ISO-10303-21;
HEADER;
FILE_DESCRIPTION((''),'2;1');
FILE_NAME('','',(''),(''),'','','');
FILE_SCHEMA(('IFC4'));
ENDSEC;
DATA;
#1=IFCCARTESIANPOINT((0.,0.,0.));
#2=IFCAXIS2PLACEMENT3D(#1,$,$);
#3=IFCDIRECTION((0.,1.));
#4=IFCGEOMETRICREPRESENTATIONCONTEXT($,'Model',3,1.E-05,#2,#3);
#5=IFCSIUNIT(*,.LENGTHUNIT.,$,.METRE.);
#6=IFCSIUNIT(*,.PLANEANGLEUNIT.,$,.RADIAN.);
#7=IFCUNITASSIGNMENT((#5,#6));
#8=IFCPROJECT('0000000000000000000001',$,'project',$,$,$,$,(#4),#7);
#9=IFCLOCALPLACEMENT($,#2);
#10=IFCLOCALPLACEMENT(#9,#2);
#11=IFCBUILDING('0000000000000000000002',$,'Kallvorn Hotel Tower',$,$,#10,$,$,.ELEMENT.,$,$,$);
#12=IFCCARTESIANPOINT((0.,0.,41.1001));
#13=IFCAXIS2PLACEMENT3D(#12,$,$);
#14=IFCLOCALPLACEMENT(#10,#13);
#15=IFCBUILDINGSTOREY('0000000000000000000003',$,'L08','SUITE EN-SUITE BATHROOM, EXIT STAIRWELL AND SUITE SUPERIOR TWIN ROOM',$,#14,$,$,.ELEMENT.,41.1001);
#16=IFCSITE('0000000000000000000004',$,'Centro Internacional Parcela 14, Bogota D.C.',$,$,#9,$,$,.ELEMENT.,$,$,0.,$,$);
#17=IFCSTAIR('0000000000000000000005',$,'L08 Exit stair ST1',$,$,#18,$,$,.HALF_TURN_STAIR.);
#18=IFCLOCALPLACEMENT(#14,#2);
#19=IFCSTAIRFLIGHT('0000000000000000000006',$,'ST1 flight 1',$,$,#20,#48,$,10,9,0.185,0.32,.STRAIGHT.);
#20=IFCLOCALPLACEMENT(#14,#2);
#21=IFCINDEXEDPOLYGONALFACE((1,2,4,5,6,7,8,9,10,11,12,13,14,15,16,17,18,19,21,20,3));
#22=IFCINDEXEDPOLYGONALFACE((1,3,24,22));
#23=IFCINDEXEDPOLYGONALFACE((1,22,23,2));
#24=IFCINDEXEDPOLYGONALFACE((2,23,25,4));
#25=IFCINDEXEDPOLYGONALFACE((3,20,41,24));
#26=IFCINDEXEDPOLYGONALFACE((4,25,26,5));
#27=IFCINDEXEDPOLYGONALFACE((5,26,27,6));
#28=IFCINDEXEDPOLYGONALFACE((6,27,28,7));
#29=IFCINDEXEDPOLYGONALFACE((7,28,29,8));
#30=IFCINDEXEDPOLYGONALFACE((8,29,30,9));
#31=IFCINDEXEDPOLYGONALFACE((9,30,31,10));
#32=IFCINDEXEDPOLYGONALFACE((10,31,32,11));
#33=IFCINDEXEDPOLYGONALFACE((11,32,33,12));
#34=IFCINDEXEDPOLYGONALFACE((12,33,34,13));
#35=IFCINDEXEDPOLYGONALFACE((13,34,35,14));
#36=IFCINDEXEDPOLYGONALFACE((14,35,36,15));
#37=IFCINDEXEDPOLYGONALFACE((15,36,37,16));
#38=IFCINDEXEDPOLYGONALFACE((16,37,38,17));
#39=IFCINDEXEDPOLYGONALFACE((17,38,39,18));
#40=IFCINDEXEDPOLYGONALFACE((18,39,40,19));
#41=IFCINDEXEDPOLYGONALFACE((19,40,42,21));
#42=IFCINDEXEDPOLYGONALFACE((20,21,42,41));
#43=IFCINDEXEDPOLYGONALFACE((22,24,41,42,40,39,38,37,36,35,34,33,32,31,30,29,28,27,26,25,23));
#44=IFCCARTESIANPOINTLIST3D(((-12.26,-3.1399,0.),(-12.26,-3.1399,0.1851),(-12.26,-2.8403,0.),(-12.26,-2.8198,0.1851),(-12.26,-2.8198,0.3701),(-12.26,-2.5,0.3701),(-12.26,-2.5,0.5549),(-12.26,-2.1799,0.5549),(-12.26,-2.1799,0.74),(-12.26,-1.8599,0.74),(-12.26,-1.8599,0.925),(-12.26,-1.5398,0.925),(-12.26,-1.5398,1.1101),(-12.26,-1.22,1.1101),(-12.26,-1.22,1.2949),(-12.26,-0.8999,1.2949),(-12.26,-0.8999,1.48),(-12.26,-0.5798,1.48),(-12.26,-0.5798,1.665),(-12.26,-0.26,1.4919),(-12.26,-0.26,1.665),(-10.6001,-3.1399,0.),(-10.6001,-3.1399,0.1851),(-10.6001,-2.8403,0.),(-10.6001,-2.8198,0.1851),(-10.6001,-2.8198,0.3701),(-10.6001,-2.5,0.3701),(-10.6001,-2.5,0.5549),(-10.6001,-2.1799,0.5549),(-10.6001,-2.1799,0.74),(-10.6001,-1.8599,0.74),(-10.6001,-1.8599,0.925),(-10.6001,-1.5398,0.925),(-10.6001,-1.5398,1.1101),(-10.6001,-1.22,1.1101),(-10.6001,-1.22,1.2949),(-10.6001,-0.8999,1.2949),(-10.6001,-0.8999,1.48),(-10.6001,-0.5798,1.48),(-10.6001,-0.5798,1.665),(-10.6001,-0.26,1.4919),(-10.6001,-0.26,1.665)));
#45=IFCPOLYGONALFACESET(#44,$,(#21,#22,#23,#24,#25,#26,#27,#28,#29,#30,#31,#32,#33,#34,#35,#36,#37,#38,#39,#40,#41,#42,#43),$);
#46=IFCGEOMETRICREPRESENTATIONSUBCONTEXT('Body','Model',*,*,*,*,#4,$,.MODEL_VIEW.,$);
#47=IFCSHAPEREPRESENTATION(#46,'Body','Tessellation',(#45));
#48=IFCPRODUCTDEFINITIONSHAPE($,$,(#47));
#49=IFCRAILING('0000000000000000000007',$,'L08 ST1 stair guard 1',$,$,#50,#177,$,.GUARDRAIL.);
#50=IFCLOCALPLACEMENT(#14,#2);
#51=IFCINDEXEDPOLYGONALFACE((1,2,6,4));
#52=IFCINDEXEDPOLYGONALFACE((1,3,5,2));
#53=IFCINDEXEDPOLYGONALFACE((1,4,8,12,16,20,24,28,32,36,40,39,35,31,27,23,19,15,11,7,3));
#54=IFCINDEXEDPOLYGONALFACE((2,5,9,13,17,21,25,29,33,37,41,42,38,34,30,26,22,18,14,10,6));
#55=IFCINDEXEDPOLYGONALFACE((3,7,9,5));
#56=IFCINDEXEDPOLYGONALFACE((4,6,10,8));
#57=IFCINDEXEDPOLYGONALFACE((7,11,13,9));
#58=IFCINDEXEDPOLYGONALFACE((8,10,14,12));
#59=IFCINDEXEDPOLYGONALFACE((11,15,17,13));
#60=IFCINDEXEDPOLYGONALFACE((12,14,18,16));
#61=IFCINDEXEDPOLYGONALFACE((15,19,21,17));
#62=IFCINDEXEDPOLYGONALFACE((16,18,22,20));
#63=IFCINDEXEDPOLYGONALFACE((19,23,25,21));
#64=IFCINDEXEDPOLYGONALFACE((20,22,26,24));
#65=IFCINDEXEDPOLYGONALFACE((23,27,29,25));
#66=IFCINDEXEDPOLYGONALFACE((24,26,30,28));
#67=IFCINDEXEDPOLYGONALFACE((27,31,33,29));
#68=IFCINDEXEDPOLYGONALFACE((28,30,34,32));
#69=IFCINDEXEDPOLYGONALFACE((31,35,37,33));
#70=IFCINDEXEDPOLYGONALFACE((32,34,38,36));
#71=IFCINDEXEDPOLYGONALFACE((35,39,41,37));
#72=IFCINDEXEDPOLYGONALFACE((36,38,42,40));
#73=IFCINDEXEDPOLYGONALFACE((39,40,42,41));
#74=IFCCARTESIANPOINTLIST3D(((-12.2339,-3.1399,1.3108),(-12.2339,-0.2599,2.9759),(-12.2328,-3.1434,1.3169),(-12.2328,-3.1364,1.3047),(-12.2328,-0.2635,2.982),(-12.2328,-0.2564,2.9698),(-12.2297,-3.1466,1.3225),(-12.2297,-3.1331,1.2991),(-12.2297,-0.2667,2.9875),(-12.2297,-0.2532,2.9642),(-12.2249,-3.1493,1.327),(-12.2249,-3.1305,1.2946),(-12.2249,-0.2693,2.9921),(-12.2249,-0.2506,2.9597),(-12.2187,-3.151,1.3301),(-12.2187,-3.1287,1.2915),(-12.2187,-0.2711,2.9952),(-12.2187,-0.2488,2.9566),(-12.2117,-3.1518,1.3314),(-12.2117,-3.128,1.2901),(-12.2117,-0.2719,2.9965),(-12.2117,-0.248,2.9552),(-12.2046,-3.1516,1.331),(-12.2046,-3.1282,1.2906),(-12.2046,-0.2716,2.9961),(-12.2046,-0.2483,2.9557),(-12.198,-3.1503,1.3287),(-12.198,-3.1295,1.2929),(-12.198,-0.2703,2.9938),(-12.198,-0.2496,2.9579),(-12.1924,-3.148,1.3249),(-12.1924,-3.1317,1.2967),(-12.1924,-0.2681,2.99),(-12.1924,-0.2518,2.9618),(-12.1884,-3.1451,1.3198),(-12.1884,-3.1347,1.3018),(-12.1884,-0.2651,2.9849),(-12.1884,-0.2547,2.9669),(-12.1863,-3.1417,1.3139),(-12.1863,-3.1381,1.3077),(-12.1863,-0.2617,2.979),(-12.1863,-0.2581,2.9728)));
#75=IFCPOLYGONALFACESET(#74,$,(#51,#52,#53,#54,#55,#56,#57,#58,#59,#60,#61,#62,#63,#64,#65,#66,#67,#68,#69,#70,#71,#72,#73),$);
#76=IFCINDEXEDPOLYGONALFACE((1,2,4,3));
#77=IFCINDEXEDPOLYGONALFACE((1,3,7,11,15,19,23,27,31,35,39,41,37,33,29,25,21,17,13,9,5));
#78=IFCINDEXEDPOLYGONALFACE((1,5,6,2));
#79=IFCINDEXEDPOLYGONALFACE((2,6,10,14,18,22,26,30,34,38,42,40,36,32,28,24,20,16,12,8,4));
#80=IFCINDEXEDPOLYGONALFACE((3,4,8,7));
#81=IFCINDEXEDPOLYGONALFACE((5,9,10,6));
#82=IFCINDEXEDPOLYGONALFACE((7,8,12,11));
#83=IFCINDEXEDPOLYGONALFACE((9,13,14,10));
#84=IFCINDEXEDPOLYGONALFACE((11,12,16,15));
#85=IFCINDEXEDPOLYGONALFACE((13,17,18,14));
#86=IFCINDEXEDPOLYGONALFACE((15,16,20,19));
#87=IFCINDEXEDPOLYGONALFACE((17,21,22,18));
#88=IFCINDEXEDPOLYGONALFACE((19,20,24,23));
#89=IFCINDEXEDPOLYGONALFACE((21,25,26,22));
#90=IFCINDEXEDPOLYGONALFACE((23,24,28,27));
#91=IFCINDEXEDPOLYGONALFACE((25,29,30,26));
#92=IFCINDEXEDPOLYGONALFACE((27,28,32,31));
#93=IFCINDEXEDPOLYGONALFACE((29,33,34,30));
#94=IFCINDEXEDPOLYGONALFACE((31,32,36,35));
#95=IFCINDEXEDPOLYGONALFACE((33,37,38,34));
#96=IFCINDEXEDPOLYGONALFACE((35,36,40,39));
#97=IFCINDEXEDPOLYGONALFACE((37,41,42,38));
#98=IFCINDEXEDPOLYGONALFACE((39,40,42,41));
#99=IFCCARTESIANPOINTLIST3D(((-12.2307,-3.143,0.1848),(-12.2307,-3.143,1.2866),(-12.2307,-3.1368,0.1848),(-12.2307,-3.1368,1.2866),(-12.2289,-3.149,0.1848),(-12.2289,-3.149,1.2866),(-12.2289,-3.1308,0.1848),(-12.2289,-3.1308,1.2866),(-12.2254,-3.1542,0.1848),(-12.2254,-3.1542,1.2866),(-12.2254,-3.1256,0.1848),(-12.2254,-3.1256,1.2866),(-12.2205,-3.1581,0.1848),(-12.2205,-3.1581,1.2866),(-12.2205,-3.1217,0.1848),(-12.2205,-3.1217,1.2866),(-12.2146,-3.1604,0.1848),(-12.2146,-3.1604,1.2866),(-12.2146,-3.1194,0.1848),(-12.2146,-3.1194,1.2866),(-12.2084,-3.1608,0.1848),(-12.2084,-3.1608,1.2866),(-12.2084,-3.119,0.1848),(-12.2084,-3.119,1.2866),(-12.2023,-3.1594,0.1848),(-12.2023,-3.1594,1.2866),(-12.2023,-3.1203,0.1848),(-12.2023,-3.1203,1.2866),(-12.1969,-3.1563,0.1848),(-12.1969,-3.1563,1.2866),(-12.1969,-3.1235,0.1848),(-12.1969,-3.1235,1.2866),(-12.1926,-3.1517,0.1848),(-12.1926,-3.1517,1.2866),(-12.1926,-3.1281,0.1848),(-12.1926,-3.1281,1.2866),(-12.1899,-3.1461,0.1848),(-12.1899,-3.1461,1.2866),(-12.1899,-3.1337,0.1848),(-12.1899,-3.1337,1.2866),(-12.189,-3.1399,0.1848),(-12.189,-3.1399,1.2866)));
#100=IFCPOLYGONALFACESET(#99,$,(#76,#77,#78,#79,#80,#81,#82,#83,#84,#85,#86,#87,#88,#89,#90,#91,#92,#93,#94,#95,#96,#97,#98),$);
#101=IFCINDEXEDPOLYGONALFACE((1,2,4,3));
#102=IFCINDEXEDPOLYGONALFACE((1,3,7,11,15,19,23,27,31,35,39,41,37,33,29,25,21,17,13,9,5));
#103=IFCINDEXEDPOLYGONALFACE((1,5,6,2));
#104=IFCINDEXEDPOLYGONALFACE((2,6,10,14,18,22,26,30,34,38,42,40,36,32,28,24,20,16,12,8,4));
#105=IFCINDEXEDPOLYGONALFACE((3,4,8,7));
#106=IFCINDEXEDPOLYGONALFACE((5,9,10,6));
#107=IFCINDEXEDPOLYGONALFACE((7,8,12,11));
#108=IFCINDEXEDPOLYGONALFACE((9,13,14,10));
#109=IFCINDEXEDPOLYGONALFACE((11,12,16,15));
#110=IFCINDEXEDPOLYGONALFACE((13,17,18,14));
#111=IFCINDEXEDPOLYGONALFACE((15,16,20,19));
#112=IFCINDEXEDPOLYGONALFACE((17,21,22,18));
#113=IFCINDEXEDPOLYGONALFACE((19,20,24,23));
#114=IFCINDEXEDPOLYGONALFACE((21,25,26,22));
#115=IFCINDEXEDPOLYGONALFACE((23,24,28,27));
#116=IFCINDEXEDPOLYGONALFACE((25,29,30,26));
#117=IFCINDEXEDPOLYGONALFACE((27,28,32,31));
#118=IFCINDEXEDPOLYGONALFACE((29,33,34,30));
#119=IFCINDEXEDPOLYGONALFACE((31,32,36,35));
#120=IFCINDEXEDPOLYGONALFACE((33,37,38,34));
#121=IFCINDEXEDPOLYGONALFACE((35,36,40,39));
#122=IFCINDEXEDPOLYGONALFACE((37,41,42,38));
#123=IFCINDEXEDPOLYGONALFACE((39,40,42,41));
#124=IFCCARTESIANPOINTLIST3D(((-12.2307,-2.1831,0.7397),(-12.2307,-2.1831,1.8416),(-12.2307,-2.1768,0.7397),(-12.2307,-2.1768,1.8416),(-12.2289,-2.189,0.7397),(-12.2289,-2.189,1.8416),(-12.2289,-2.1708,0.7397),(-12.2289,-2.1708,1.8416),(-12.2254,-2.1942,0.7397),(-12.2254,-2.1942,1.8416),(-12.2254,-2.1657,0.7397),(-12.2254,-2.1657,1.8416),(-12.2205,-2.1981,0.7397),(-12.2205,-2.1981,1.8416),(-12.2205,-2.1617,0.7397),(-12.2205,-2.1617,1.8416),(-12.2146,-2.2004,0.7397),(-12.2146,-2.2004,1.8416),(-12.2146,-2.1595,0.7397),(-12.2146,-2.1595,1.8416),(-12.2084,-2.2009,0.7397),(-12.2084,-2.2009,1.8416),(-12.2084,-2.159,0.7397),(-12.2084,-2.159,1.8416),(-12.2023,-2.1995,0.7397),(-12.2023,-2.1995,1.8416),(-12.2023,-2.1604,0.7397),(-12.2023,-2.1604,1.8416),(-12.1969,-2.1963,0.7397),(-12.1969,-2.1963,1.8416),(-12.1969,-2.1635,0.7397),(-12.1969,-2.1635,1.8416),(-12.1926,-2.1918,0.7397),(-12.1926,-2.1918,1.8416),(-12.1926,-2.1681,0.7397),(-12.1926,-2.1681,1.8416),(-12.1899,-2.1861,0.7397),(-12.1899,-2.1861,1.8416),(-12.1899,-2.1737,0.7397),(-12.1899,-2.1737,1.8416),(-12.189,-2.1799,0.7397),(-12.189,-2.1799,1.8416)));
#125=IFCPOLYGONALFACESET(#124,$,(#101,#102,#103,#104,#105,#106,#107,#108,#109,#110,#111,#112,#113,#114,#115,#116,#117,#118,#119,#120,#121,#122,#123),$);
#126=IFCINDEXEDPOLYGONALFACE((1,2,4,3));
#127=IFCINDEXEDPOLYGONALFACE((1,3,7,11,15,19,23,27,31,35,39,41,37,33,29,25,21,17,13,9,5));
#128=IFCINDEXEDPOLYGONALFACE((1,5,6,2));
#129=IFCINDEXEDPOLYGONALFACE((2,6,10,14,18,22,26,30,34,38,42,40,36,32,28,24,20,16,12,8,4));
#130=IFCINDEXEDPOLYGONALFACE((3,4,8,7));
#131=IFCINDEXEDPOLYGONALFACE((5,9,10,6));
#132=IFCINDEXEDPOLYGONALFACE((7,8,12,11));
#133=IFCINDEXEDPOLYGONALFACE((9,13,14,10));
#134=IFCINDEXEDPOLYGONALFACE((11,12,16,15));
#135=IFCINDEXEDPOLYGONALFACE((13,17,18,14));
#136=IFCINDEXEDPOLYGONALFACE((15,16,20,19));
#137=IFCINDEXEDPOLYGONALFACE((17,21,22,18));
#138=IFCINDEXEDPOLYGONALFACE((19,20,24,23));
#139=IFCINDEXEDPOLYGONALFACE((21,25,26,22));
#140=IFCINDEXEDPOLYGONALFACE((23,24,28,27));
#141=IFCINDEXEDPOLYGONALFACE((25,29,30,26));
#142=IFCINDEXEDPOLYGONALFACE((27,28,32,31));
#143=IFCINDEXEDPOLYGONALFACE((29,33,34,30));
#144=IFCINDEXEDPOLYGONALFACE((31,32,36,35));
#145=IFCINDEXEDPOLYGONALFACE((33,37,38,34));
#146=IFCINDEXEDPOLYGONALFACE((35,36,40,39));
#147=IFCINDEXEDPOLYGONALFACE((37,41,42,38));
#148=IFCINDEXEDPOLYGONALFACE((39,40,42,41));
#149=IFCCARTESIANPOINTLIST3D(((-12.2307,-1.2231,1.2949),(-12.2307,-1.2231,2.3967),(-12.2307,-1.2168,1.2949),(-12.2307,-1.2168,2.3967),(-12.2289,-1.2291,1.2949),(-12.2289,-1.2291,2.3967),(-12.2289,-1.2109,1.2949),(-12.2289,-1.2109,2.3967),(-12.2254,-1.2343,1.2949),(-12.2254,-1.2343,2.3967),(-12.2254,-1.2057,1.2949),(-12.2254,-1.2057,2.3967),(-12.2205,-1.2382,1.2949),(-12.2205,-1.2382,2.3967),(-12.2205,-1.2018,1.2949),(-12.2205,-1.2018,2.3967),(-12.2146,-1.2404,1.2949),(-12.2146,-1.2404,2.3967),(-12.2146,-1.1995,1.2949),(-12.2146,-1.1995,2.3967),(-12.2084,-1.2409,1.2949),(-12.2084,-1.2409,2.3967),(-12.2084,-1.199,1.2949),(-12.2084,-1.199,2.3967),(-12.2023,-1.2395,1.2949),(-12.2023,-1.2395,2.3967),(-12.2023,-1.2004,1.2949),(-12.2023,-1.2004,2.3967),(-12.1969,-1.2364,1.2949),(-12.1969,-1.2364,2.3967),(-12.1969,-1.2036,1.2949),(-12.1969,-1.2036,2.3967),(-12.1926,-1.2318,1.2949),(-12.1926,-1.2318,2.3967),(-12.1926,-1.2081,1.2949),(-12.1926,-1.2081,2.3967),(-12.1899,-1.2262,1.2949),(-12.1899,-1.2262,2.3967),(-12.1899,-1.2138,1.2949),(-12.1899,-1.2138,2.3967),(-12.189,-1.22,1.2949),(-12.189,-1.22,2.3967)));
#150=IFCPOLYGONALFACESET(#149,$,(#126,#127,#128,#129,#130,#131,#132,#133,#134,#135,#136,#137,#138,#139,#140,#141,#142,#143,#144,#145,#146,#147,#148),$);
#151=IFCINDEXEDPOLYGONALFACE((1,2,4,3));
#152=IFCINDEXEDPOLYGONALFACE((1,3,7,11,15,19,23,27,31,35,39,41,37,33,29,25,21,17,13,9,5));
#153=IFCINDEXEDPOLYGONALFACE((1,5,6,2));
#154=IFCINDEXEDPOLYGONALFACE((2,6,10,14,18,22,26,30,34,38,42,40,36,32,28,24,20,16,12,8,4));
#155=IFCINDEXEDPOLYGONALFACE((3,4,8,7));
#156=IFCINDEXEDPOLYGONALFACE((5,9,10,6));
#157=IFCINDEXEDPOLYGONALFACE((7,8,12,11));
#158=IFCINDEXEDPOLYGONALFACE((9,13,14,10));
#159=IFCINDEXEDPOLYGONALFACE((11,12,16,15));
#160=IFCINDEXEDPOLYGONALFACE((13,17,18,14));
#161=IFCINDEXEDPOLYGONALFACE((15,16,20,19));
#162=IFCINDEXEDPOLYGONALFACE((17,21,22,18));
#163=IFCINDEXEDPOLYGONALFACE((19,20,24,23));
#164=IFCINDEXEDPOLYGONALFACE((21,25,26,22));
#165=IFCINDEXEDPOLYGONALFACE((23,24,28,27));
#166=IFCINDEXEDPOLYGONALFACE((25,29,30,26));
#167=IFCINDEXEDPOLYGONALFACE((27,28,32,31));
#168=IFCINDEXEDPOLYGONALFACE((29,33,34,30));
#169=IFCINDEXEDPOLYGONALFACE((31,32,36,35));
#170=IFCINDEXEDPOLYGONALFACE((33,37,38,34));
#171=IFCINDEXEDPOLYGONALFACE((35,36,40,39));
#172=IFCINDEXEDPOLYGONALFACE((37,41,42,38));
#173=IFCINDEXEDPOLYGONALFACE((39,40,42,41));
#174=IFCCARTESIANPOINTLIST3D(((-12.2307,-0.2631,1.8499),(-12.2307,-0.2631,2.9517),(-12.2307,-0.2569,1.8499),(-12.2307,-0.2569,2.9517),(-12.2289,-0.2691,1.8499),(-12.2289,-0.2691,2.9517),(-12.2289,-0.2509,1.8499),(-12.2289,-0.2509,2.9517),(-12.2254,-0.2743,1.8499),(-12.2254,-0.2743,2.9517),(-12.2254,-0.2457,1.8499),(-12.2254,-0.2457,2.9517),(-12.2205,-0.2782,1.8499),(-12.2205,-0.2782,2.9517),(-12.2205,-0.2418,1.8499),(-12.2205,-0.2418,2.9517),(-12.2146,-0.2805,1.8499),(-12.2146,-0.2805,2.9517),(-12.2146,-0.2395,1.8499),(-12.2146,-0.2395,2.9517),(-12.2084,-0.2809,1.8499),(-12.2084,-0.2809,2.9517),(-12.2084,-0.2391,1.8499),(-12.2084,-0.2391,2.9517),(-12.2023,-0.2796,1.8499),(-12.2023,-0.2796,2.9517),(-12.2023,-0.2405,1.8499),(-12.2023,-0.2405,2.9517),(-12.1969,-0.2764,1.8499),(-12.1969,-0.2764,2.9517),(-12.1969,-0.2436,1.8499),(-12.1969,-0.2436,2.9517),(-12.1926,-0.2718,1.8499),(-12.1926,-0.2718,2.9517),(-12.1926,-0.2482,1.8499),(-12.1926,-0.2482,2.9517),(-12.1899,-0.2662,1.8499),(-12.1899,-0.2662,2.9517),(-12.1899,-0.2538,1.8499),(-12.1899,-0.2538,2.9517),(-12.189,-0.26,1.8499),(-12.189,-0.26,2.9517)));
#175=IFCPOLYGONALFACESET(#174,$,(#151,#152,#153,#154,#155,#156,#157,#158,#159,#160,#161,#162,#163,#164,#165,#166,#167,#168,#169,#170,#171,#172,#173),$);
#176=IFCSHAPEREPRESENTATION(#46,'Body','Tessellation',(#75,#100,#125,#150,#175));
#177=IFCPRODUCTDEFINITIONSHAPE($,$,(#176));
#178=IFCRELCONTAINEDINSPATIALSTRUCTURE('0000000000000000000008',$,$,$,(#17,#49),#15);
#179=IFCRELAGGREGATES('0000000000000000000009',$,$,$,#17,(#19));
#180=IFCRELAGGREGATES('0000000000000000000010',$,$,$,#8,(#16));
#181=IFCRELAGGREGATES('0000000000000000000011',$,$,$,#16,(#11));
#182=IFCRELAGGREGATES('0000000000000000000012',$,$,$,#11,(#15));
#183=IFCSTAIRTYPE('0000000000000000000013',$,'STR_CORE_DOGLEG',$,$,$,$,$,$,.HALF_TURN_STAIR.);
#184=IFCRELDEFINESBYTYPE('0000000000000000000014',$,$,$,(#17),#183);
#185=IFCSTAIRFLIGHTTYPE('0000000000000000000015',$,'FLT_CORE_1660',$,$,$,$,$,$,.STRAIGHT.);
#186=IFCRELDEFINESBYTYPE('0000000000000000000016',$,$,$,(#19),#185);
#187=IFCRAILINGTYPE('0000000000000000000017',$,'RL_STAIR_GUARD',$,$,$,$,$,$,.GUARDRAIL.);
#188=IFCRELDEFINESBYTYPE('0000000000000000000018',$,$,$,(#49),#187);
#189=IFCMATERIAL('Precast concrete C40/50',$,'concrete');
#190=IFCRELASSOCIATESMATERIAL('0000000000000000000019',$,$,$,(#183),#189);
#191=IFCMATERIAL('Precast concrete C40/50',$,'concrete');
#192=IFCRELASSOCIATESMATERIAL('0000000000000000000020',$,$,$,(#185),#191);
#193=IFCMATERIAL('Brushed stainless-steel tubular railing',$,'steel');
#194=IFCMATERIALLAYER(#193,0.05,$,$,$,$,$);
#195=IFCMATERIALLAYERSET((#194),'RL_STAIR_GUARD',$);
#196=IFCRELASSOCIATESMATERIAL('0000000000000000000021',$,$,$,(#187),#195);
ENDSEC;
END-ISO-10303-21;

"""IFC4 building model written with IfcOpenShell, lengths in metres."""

from ifc_helpers import new_model, si_unit, direction, frame, origin, origin_2d, place, context, subcontext, project, spatial, polyline, circle, outline, extrude, material, layer, layer_set, type_object, element, aggregate, save


model = new_model("IFC4")

# Units and contexts
model_context = context("Model", 3, precision=1e-05, world=origin(), true_north=direction((0.0, 1.0)))
body_context = subcontext(model_context, "Body", "Model", "MODEL_VIEW")
ifc_project = project(units=[si_unit("LENGTHUNIT", "METRE"), si_unit("PLANEANGLEUNIT", "RADIAN")], contexts=[model_context])

# Site, building, storey
site_placement = place(None, origin())
site = spatial("IfcSite", under=ifc_project, at=site_placement, Name="Centro Internacional Parcela 14, Bogota D.C.", CompositionType="ELEMENT", RefElevation=0.0)
building_placement = place(site_placement, origin())
building = spatial("IfcBuilding", under=site, at=building_placement, Name="Kallvorn Hotel Tower", CompositionType="ELEMENT")
storey_placement = place(building_placement, frame((0.0, 0.0, 41.1001)))
storey = spatial("IfcBuildingStorey", under=building, at=storey_placement, Name="L08", Description="SUITE EN-SUITE BATHROOM, EXIT STAIRWELL AND SUITE SUPERIOR TWIN ROOM", CompositionType="ELEMENT", Elevation=41.1001)

# Stair, stair flight
ifc_material_1 = material(Name="Precast concrete C40/50", Category="concrete")
stair_type = type_object("IfcStairType", Name="STR_CORE_DOGLEG", PredefinedType="HALF_TURN_STAIR", material=ifc_material_1)
stair_placement = place(storey_placement, origin())
stair = element("IfcStair", 1, at=stair_placement, inside=storey, type_object=stair_type, Name="L08 Exit stair ST1", PredefinedType="HALF_TURN_STAIR")
ifc_material_2 = material(Name="Precast concrete C40/50", Category="concrete")
stair_flight_type = type_object("IfcStairFlightType", Name="FLT_CORE_1660", PredefinedType="STRAIGHT", material=ifc_material_2)
stair_flight_placement = place(storey_placement, frame((-11.4299, -3.1399, 0.0), z_axis=(0.0, 0.0, 1.0), x_axis=(0.0, 1.0, 0.0)))
stair_flight = element("IfcStairFlight", 2, at=stair_flight_placement, type_object=stair_flight_type, Name="ST1 flight 1", NumberOfRisers=10, NumberOfTreads=9, PredefinedType="STRAIGHT", RiserHeight=0.185, TreadLength=0.32, context=body_context, shape_type="SweptSolid", body=[
    extrude(outline(polyline([(0.0, 0.0), (0.0, 0.1851), (0.3201, 0.1851), (0.3201, 0.3701), (0.6399, 0.3701), (0.6399, 0.5549), (0.96, 0.5549), (0.96, 0.74), (1.28, 0.74), (1.28, 0.925), (1.6001, 0.925), (1.6001, 1.1101), (1.9199, 1.1101), (1.9199, 1.2949), (2.24, 1.2949), (2.24, 1.48), (2.5601, 1.48), (2.5601, 1.665), (2.8799, 1.665), (2.8799, 1.8501), (2.8799, 1.4919), (0.2996, 0.0), (0.0, 0.0)])), frame((0.0, 0.8301, 0.0), z_axis=(0.0, -1.0, 0.0), x_axis=(1.0, 0.0, 0.0)), (0.0, 0.0, 1.0), 1.6599),
])
aggregate(stair, [stair_flight])

# Railing
ifc_material_3 = material(Name="Brushed stainless-steel tubular railing", Category="steel")
ifc_layer_1 = layer(ifc_material_3, 0.05)
ifc_layer_set_1 = layer_set([ifc_layer_1], Name="RL_STAIR_GUARD")
railing_type_1 = type_object("IfcRailingType", Name="RL_STAIR_GUARD", PredefinedType="GUARDRAIL", material=ifc_layer_set_1)
railing_1_placement = place(storey_placement, frame((-12.21, -3.1399, 0.1848)))
element("IfcRailing", 3, at=railing_1_placement, inside=storey, type_object=railing_type_1, Name="L08 ST1 stair guard 1", PredefinedType="GUARDRAIL", context=body_context, shape_type="SweptSolid", body=[
    extrude(circle(Radius=0.0239, at=origin_2d()), frame((0.0, 0.0, 1.126), z_axis=(0.0, 0.865721, 0.500527), x_axis=(-1.0, 0.0, 0.0)), (0.0, 0.0, 1.0), 3.3267),
    extrude(circle(Radius=0.021, at=origin_2d()), origin(), (0.0, 0.0, 1.0), 1.1018),
    extrude(circle(Radius=0.021, at=origin_2d()), frame((0.0, 0.96, 0.5549)), (0.0, 0.0, 1.0), 1.1018),
    extrude(circle(Radius=0.021, at=origin_2d()), frame((0.0, 1.9199, 1.1101)), (0.0, 0.0, 1.0), 1.1018),
    extrude(circle(Radius=0.021, at=origin_2d()), frame((0.0, 2.8799, 1.665)), (0.0, 0.0, 1.0), 1.1018),
])

save(model, "model.ifc")
